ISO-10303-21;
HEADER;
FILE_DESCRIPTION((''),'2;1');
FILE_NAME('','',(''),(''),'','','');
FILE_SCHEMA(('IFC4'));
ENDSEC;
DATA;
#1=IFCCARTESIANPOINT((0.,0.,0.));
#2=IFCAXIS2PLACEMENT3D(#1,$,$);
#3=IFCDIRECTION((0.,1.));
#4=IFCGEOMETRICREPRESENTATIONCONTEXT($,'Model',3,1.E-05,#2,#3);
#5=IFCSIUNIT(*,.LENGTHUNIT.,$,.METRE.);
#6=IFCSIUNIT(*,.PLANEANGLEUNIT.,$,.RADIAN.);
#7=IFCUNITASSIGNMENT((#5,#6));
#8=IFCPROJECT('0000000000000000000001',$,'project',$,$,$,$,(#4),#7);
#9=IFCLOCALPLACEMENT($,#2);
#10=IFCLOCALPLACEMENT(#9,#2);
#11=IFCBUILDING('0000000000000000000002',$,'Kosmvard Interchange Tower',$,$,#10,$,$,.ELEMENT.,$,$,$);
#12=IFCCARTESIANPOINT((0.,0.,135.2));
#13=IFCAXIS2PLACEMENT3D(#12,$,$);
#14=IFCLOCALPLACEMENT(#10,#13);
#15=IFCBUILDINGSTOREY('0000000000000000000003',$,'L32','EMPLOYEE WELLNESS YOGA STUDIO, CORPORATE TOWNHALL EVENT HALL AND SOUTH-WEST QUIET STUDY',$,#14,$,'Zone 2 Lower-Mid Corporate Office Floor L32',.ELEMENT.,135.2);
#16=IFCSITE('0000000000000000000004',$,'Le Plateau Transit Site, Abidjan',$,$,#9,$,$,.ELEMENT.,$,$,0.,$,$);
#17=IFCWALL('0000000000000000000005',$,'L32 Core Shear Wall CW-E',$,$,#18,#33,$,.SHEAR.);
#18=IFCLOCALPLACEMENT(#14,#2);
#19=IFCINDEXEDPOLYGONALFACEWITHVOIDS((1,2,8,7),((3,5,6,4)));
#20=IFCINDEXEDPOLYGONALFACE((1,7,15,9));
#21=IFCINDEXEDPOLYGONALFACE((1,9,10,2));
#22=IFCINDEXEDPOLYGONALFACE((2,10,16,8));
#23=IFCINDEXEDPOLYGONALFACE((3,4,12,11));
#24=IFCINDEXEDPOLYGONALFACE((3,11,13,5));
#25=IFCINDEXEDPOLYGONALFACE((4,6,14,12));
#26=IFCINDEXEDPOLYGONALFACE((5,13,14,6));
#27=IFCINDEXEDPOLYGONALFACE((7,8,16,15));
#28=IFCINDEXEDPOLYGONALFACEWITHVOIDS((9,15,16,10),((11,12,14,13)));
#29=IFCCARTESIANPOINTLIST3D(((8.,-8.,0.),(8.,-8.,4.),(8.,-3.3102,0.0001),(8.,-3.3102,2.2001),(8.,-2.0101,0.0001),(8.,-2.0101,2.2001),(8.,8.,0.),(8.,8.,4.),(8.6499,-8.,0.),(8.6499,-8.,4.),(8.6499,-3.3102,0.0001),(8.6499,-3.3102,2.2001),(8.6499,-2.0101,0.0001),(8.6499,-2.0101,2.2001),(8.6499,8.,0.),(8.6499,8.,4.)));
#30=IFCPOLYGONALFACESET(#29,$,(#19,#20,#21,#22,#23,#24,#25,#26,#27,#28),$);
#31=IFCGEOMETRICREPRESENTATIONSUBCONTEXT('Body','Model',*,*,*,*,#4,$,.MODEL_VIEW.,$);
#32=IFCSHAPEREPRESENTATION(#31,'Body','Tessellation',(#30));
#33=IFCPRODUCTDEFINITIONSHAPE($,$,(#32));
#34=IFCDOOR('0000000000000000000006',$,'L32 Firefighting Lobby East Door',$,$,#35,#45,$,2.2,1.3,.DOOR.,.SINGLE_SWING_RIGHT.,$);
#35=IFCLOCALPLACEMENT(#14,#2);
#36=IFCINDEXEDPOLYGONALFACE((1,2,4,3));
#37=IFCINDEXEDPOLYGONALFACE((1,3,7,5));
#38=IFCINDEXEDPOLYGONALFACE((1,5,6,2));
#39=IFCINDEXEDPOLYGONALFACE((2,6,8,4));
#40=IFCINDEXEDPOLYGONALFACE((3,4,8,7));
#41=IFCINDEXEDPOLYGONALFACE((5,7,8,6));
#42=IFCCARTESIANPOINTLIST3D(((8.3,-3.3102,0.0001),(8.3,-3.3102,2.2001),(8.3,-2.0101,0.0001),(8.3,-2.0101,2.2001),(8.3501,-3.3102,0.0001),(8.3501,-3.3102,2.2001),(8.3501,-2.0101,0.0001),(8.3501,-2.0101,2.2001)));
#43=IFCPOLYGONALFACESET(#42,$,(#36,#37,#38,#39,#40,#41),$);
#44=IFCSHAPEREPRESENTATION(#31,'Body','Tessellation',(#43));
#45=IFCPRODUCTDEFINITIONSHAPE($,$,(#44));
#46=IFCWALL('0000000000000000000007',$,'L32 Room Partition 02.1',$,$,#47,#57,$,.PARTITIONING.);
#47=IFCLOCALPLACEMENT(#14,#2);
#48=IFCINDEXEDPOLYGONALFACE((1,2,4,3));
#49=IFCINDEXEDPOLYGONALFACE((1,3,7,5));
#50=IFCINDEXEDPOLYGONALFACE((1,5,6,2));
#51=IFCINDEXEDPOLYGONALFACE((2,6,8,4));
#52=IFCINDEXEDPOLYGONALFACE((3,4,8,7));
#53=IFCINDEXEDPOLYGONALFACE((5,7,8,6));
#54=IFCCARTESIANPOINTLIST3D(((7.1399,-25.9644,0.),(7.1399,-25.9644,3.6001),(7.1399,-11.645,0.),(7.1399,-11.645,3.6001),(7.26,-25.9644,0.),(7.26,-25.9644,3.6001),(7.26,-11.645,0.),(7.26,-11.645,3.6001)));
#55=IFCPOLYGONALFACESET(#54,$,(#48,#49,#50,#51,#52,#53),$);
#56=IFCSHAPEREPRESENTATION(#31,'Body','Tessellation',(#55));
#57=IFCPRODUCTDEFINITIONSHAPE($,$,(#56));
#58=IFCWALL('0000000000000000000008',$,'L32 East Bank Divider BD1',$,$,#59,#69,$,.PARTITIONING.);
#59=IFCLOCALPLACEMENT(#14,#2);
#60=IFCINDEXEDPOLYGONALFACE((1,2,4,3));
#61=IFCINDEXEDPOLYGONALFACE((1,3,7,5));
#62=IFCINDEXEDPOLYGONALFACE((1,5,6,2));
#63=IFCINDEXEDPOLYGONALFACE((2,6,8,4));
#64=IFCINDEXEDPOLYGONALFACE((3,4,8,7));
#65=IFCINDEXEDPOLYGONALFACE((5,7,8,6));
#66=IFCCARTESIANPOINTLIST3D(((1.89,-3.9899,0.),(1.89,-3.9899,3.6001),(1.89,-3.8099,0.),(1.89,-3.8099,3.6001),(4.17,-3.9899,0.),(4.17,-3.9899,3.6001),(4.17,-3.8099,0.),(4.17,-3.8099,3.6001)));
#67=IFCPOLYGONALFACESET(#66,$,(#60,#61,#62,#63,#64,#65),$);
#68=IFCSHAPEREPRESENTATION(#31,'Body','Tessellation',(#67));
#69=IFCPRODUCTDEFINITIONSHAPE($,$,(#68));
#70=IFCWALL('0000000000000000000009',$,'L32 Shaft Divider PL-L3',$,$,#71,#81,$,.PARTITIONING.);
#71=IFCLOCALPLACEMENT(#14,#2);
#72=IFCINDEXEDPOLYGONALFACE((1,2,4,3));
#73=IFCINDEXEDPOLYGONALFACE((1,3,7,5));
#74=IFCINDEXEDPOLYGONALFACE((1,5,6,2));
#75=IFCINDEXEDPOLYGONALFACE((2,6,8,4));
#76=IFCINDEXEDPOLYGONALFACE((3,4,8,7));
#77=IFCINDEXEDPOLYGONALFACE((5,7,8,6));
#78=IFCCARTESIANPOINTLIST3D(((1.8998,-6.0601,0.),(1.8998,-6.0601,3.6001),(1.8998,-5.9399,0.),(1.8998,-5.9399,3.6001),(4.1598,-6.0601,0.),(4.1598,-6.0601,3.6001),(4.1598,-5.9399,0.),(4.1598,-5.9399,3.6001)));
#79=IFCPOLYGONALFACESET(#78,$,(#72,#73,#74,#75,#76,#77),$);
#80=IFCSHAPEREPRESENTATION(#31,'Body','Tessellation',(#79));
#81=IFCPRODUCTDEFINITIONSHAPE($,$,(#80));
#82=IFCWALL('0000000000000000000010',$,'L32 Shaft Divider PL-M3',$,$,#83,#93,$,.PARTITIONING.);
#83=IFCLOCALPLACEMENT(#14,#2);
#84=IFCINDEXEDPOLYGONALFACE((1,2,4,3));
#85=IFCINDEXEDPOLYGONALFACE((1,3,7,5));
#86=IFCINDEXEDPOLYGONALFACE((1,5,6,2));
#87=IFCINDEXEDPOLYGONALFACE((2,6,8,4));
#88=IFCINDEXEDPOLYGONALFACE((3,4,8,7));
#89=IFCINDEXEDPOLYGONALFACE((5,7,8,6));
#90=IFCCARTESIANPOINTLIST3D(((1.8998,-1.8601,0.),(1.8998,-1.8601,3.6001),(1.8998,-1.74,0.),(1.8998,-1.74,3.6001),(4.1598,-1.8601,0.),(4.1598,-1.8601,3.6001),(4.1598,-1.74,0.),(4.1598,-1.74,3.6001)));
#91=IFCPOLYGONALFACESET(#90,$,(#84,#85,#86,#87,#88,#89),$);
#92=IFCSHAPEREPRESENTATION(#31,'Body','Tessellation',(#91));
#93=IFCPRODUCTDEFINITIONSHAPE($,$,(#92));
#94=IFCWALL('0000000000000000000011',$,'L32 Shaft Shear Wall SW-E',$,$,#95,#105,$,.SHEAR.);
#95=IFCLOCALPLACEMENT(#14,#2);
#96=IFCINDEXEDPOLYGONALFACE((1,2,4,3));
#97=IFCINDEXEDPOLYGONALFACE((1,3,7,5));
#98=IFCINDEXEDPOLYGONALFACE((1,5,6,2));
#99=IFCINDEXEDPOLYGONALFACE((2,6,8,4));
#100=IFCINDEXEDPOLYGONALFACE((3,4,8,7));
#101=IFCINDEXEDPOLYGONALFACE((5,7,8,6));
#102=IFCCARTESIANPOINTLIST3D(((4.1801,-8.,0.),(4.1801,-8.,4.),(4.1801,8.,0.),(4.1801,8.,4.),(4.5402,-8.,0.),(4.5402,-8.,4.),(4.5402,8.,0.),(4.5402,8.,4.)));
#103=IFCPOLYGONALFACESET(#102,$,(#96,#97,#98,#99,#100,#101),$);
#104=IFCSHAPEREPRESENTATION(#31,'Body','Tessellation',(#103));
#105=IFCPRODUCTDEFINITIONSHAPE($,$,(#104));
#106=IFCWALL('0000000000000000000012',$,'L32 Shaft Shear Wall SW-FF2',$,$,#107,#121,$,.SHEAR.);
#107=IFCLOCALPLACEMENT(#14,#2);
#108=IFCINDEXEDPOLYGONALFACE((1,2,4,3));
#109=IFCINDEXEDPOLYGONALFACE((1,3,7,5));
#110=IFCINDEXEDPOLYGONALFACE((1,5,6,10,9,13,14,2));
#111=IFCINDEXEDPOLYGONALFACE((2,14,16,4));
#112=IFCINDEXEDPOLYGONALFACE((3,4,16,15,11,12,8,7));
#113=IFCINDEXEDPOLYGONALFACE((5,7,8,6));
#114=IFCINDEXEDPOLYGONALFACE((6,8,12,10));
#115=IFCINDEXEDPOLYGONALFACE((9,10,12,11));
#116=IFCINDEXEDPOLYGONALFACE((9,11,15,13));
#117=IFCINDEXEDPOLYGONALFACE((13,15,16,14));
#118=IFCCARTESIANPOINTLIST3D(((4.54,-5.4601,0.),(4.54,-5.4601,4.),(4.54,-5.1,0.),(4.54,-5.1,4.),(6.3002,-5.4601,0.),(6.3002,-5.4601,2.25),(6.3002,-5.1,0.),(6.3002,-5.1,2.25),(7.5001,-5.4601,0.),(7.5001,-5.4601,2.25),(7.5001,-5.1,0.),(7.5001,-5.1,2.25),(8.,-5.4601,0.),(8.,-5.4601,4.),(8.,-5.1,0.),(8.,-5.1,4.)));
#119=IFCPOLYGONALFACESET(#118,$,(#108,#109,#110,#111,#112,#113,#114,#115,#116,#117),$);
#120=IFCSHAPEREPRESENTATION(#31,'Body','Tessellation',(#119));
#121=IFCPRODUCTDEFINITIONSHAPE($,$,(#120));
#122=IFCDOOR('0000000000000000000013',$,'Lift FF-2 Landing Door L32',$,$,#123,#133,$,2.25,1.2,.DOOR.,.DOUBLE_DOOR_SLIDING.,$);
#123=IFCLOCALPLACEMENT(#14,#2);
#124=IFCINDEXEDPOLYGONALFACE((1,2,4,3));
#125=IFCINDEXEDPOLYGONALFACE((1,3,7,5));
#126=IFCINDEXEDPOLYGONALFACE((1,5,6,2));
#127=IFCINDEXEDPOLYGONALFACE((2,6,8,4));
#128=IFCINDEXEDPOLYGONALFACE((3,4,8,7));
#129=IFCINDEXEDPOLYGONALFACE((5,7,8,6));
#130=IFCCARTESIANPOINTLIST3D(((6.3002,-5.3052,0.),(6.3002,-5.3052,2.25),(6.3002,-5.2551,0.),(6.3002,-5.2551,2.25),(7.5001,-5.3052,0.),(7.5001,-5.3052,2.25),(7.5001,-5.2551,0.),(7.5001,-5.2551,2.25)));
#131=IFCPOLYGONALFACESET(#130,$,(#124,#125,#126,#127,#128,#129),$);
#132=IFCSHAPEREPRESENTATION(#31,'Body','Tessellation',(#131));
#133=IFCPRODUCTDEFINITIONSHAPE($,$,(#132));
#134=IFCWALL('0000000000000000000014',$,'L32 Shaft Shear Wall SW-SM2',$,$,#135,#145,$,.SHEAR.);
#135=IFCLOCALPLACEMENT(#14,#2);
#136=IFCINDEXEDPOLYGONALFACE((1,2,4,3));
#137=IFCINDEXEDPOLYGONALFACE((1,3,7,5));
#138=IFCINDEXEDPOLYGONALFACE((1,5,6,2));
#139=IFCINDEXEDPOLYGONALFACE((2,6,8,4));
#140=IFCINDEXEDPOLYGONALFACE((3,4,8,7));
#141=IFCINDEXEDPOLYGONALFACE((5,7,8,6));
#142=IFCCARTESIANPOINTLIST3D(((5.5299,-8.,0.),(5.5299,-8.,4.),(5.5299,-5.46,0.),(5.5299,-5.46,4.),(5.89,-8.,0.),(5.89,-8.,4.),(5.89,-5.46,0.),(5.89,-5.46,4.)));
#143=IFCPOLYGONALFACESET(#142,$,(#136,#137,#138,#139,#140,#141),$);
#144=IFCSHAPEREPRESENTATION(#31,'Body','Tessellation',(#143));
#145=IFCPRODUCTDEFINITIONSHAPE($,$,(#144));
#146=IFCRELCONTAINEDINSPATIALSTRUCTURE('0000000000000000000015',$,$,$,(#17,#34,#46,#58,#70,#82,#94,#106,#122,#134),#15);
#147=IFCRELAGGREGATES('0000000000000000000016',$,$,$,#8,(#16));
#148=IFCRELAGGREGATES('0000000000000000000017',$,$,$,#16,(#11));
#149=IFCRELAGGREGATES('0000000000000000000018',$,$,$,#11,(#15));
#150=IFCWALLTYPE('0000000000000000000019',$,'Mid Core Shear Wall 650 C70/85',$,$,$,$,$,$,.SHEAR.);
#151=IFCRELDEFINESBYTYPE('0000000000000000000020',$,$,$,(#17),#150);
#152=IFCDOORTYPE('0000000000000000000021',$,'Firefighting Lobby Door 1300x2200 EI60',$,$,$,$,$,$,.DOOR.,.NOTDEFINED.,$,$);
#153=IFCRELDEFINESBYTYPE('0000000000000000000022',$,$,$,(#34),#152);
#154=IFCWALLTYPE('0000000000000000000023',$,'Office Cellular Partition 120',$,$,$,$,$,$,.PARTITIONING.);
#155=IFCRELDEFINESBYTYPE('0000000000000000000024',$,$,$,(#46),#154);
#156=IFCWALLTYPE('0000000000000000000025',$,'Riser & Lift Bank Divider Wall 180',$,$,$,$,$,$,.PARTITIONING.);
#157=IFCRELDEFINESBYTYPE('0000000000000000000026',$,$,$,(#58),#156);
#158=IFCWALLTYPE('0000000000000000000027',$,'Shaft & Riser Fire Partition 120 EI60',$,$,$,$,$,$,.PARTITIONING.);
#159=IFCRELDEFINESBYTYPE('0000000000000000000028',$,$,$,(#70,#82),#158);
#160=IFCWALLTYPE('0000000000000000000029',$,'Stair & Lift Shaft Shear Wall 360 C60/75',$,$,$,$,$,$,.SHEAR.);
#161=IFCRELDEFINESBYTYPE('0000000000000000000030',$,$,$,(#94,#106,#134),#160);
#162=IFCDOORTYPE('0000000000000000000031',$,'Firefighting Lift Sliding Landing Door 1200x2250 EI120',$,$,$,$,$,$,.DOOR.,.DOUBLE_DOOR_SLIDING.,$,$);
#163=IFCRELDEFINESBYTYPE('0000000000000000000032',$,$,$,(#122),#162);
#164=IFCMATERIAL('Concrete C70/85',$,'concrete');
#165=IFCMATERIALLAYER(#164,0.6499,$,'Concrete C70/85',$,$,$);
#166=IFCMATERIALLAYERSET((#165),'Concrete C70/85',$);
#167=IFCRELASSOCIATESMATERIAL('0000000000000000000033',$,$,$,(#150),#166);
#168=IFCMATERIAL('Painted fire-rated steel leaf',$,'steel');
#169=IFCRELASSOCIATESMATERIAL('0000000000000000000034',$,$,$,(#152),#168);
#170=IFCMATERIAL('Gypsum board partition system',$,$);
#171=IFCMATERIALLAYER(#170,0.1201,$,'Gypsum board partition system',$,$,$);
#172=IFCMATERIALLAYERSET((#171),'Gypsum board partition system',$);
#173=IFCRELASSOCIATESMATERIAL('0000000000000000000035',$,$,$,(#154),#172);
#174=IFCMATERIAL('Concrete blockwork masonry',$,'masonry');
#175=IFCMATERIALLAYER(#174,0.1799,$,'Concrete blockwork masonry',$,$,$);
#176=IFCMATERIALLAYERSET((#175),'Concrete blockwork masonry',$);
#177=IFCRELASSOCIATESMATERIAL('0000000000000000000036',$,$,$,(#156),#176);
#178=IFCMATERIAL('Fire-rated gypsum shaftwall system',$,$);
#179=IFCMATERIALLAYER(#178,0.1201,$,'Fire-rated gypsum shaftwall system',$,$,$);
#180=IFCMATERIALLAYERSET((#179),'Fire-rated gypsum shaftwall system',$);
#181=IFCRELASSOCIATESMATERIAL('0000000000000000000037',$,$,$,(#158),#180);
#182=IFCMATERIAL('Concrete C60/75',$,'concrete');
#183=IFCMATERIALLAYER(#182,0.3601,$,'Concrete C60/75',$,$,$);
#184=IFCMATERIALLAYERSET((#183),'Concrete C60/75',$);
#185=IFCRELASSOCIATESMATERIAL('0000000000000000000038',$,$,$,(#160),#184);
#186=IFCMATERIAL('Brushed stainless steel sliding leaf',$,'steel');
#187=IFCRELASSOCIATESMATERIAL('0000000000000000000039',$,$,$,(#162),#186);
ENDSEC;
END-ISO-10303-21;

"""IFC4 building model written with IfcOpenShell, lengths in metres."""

from ifc_helpers import new_model, si_unit, direction, frame, frame_2d, origin, place, context, subcontext, project, spatial, rectangle, extrude, source, transform, mapped, material, layer, layer_set, type_object, element, fill, save


model = new_model("IFC4")

# Units and contexts
model_context = context("Model", 3, precision=1e-05, world=origin(), true_north=direction((0.0, 1.0)))
body_context = subcontext(model_context, "Body", "Model", "MODEL_VIEW")
ifc_project = project(units=[si_unit("LENGTHUNIT", "METRE"), si_unit("PLANEANGLEUNIT", "RADIAN")], contexts=[model_context])

# Site, building, storey
site_placement = place(None, origin())
site = spatial("IfcSite", under=ifc_project, at=site_placement, Name="Le Plateau Transit Site, Abidjan", CompositionType="ELEMENT", RefElevation=0.0)
building_placement = place(site_placement, origin())
building = spatial("IfcBuilding", under=site, at=building_placement, Name="Kosmvard Interchange Tower", CompositionType="ELEMENT")
storey_placement = place(building_placement, frame((0.0, 0.0, 135.2)))
storey = spatial("IfcBuildingStorey", under=building, at=storey_placement, Name="L32", Description="EMPLOYEE WELLNESS YOGA STUDIO, CORPORATE TOWNHALL EVENT HALL AND SOUTH-WEST QUIET STUDY", LongName="Zone 2 Lower-Mid Corporate Office Floor L32", CompositionType="ELEMENT", Elevation=135.2)

# Shared definitions
ifc_material_1 = material(Name="Concrete C60/75", Category="concrete")

# Shared definitions
ifc_material_2 = material(Name="Brushed stainless steel sliding leaf", Category="steel")

# Wall, opening, door
ifc_material_3 = material(Name="Concrete C70/85", Category="concrete")
ifc_layer_1 = layer(ifc_material_3, 0.6499, Name="Concrete C70/85")
ifc_layer_set_1 = layer_set([ifc_layer_1], Name="Concrete C70/85")
wall_type_1 = type_object("IfcWallType", Name="Mid Core Shear Wall 650 C70/85", PredefinedType="SHEAR", material=ifc_layer_set_1)
wall_1_placement = place(storey_placement, frame((8.325, -8.0, 0.0), z_axis=(0.0, 0.0, 1.0), x_axis=(0.0, 1.0, 0.0)))
wall_1 = element("IfcWall", 1, at=wall_1_placement, inside=storey, type_object=wall_type_1, Name="L32 Core Shear Wall CW-E", PredefinedType="SHEAR", context=body_context, shape_type="SweptSolid", body=[
    extrude(rectangle(XDim=16.0, YDim=0.6499, at=frame_2d((8.0, 0.0))), origin(), (0.0, 0.0, 1.0), 4.0),
])
opening_1_placement = place(wall_1_placement, frame((4.6899, 0.0, 0.0)))
opening_1 = element("IfcOpeningElement", 2, at=opening_1_placement, cuts=wall_1, PredefinedType="OPENING", context=body_context, shape_type="SweptSolid", body=[
    extrude(rectangle(XDim=1.3, YDim=2.2, at=frame_2d((0.6499, 1.1001))), frame((0.0, 0.335, 0.0), z_axis=(0.0, -1.0, 0.0), x_axis=(1.0, 0.0, 0.0)), (0.0, 0.0, 1.0), 0.6699),
])
ifc_material_4 = material(Name="Painted fire-rated steel leaf", Category="steel")
door_type_1 = type_object("IfcDoorType", Name="Firefighting Lobby Door 1300x2200 EI60", OperationType="NOTDEFINED", PredefinedType="DOOR", material=ifc_material_4)
shared_shape_1 = source(origin(), body_context, "Body", "SweptSolid", [
    extrude(rectangle(XDim=1.3, YDim=2.2, at=frame_2d((0.6499, 1.1001))), frame((0.0, 0.0249, 0.0), z_axis=(0.0, -1.0, 0.0), x_axis=(1.0, 0.0, 0.0)), (0.0, 0.0, 1.0), 0.05),
])
door_1_placement = place(opening_1_placement, origin())
door_1 = element("IfcDoor", 3, at=door_1_placement, inside=storey, type_object=door_type_1, Name="L32 Firefighting Lobby East Door", OperationType="SINGLE_SWING_RIGHT", OverallHeight=2.2, OverallWidth=1.3, PredefinedType="DOOR", context=body_context, shape_type="MappedRepresentation", body=[
    mapped(shared_shape_1, transform((0.0, 0.0, 0.0), scale=1.0)),
])
fill(opening_1, door_1)

# Walls
ifc_material_5 = material(Name="Gypsum board partition system")
ifc_layer_2 = layer(ifc_material_5, 0.1201, Name="Gypsum board partition system")
ifc_layer_set_2 = layer_set([ifc_layer_2], Name="Gypsum board partition system")
wall_type_2 = type_object("IfcWallType", Name="Office Cellular Partition 120", PredefinedType="PARTITIONING", material=ifc_layer_set_2)
wall_2_placement = place(storey_placement, frame((7.2, -25.9644, 0.0), z_axis=(0.0, 0.0, 1.0), x_axis=(0.0, 1.0, 0.0)))
element("IfcWall", 4, at=wall_2_placement, inside=storey, type_object=wall_type_2, Name="L32 Room Partition 02.1", PredefinedType="PARTITIONING", context=body_context, shape_type="SweptSolid", body=[
    extrude(rectangle(XDim=14.3193, YDim=0.1201, at=frame_2d((7.1597, 0.0))), origin(), (0.0, 0.0, 1.0), 3.6001),
])
ifc_material_6 = material(Name="Concrete blockwork masonry", Category="masonry")
ifc_layer_3 = layer(ifc_material_6, 0.1799, Name="Concrete blockwork masonry")
ifc_layer_set_3 = layer_set([ifc_layer_3], Name="Concrete blockwork masonry")
wall_type_3 = type_object("IfcWallType", Name="Riser & Lift Bank Divider Wall 180", PredefinedType="PARTITIONING", material=ifc_layer_set_3)
wall_3_placement = place(storey_placement, frame((1.8899, -3.8999, 0.0), z_axis=(0.0, 0.0, 1.0), x_axis=(1.0, 0.0, 0.0)))
element("IfcWall", 5, at=wall_3_placement, inside=storey, type_object=wall_type_3, Name="L32 East Bank Divider BD1", PredefinedType="PARTITIONING", context=body_context, shape_type="SweptSolid", body=[
    extrude(rectangle(XDim=2.28, YDim=0.1799, at=frame_2d((1.1401, 0.0))), origin(), (0.0, 0.0, 1.0), 3.6001),
])
ifc_material_7 = material(Name="Fire-rated gypsum shaftwall system")
ifc_layer_4 = layer(ifc_material_7, 0.1201, Name="Fire-rated gypsum shaftwall system")
ifc_layer_set_4 = layer_set([ifc_layer_4], Name="Fire-rated gypsum shaftwall system")
wall_type_4 = type_object("IfcWallType", Name="Shaft & Riser Fire Partition 120 EI60", PredefinedType="PARTITIONING", material=ifc_layer_set_4)
for number, where, z_axis, x_axis, name in (
    (6, (1.8999, -6.0, 0.0), (0.0, 0.0, 1.0), (1.0, 0.0, 0.0), "L32 Shaft Divider PL-L3"),
    (7, (1.8999, -1.8, 0.0), (0.0, 0.0, 1.0), (1.0, 0.0, 0.0), "L32 Shaft Divider PL-M3"),
):
    element("IfcWall", number, at=place(storey_placement, frame(where, z_axis=z_axis, x_axis=x_axis)), inside=storey, type_object=wall_type_4, Name=name, PredefinedType="PARTITIONING", context=body_context, shape_type="SweptSolid", body=[
        extrude(rectangle(XDim=2.26, YDim=0.1201, at=frame_2d((1.1299, 0.0))), origin(), (0.0, 0.0, 1.0), 3.6001),
    ])
ifc_layer_5 = layer(ifc_material_1, 0.3601, Name="Concrete C60/75")
ifc_layer_set_5 = layer_set([ifc_layer_5], Name="Concrete C60/75")
wall_type_5 = type_object("IfcWallType", Name="Stair & Lift Shaft Shear Wall 360 C60/75", PredefinedType="SHEAR", material=ifc_layer_set_5)
wall_4_placement = place(storey_placement, frame((4.3601, -8.0, 0.0), z_axis=(0.0, 0.0, 1.0), x_axis=(0.0, 1.0, 0.0)))
element("IfcWall", 8, at=wall_4_placement, inside=storey, type_object=wall_type_5, Name="L32 Shaft Shear Wall SW-E", PredefinedType="SHEAR", context=body_context, shape_type="SweptSolid", body=[
    extrude(rectangle(XDim=16.0, YDim=0.3601, at=frame_2d((8.0, 0.0))), origin(), (0.0, 0.0, 1.0), 4.0),
])

# Wall, opening, door
wall_5_placement = place(storey_placement, frame((4.54, -5.28, 0.0), z_axis=(0.0, 0.0, 1.0), x_axis=(1.0, 0.0, 0.0)))
wall_5 = element("IfcWall", 9, at=wall_5_placement, inside=storey, type_object=wall_type_5, Name="L32 Shaft Shear Wall SW-FF2", PredefinedType="SHEAR", context=body_context, shape_type="SweptSolid", body=[
    extrude(rectangle(XDim=3.46, YDim=0.3601, at=frame_2d((1.73, 0.0))), origin(), (0.0, 0.0, 1.0), 4.0),
])
opening_2_placement = place(wall_5_placement, frame((1.76, 0.0, 0.0)))
opening_2 = element("IfcOpeningElement", 10, at=opening_2_placement, cuts=wall_5, PredefinedType="OPENING", context=body_context, shape_type="SweptSolid", body=[
    extrude(rectangle(XDim=1.2, YDim=2.25, at=frame_2d((0.6001, 1.125))), frame((0.0, 0.1899, 0.0), z_axis=(0.0, -1.0, 0.0), x_axis=(1.0, 0.0, 0.0)), (0.0, 0.0, 1.0), 0.3801),
])
door_type_2 = type_object("IfcDoorType", Name="Firefighting Lift Sliding Landing Door 1200x2250 EI120", OperationType="DOUBLE_DOOR_SLIDING", PredefinedType="DOOR", material=ifc_material_2)
shared_shape_2 = source(origin(), body_context, "Body", "SweptSolid", [
    extrude(rectangle(XDim=1.2, YDim=2.25, at=frame_2d((0.6001, 1.125))), frame((0.0, 0.0249, 0.0), z_axis=(0.0, -1.0, 0.0), x_axis=(1.0, 0.0, 0.0)), (0.0, 0.0, 1.0), 0.05),
])
door_2_placement = place(opening_2_placement, origin())
door_2 = element("IfcDoor", 11, at=door_2_placement, inside=storey, type_object=door_type_2, Name="Lift FF-2 Landing Door L32", OperationType="DOUBLE_DOOR_SLIDING", OverallHeight=2.25, OverallWidth=1.2, PredefinedType="DOOR", context=body_context, shape_type="MappedRepresentation", body=[
    mapped(shared_shape_2, transform((0.0, 0.0, 0.0), scale=1.0)),
])
fill(opening_2, door_2)

# Wall
wall_6_placement = place(storey_placement, frame((5.71, -8.0, 0.0), z_axis=(0.0, 0.0, 1.0), x_axis=(0.0, 1.0, 0.0)))
element("IfcWall", 12, at=wall_6_placement, inside=storey, type_object=wall_type_5, Name="L32 Shaft Shear Wall SW-SM2", PredefinedType="SHEAR", context=body_context, shape_type="SweptSolid", body=[
    extrude(rectangle(XDim=2.54, YDim=0.3601, at=frame_2d((1.27, 0.0))), origin(), (0.0, 0.0, 1.0), 4.0),
])

save(model, "model.ifc")
